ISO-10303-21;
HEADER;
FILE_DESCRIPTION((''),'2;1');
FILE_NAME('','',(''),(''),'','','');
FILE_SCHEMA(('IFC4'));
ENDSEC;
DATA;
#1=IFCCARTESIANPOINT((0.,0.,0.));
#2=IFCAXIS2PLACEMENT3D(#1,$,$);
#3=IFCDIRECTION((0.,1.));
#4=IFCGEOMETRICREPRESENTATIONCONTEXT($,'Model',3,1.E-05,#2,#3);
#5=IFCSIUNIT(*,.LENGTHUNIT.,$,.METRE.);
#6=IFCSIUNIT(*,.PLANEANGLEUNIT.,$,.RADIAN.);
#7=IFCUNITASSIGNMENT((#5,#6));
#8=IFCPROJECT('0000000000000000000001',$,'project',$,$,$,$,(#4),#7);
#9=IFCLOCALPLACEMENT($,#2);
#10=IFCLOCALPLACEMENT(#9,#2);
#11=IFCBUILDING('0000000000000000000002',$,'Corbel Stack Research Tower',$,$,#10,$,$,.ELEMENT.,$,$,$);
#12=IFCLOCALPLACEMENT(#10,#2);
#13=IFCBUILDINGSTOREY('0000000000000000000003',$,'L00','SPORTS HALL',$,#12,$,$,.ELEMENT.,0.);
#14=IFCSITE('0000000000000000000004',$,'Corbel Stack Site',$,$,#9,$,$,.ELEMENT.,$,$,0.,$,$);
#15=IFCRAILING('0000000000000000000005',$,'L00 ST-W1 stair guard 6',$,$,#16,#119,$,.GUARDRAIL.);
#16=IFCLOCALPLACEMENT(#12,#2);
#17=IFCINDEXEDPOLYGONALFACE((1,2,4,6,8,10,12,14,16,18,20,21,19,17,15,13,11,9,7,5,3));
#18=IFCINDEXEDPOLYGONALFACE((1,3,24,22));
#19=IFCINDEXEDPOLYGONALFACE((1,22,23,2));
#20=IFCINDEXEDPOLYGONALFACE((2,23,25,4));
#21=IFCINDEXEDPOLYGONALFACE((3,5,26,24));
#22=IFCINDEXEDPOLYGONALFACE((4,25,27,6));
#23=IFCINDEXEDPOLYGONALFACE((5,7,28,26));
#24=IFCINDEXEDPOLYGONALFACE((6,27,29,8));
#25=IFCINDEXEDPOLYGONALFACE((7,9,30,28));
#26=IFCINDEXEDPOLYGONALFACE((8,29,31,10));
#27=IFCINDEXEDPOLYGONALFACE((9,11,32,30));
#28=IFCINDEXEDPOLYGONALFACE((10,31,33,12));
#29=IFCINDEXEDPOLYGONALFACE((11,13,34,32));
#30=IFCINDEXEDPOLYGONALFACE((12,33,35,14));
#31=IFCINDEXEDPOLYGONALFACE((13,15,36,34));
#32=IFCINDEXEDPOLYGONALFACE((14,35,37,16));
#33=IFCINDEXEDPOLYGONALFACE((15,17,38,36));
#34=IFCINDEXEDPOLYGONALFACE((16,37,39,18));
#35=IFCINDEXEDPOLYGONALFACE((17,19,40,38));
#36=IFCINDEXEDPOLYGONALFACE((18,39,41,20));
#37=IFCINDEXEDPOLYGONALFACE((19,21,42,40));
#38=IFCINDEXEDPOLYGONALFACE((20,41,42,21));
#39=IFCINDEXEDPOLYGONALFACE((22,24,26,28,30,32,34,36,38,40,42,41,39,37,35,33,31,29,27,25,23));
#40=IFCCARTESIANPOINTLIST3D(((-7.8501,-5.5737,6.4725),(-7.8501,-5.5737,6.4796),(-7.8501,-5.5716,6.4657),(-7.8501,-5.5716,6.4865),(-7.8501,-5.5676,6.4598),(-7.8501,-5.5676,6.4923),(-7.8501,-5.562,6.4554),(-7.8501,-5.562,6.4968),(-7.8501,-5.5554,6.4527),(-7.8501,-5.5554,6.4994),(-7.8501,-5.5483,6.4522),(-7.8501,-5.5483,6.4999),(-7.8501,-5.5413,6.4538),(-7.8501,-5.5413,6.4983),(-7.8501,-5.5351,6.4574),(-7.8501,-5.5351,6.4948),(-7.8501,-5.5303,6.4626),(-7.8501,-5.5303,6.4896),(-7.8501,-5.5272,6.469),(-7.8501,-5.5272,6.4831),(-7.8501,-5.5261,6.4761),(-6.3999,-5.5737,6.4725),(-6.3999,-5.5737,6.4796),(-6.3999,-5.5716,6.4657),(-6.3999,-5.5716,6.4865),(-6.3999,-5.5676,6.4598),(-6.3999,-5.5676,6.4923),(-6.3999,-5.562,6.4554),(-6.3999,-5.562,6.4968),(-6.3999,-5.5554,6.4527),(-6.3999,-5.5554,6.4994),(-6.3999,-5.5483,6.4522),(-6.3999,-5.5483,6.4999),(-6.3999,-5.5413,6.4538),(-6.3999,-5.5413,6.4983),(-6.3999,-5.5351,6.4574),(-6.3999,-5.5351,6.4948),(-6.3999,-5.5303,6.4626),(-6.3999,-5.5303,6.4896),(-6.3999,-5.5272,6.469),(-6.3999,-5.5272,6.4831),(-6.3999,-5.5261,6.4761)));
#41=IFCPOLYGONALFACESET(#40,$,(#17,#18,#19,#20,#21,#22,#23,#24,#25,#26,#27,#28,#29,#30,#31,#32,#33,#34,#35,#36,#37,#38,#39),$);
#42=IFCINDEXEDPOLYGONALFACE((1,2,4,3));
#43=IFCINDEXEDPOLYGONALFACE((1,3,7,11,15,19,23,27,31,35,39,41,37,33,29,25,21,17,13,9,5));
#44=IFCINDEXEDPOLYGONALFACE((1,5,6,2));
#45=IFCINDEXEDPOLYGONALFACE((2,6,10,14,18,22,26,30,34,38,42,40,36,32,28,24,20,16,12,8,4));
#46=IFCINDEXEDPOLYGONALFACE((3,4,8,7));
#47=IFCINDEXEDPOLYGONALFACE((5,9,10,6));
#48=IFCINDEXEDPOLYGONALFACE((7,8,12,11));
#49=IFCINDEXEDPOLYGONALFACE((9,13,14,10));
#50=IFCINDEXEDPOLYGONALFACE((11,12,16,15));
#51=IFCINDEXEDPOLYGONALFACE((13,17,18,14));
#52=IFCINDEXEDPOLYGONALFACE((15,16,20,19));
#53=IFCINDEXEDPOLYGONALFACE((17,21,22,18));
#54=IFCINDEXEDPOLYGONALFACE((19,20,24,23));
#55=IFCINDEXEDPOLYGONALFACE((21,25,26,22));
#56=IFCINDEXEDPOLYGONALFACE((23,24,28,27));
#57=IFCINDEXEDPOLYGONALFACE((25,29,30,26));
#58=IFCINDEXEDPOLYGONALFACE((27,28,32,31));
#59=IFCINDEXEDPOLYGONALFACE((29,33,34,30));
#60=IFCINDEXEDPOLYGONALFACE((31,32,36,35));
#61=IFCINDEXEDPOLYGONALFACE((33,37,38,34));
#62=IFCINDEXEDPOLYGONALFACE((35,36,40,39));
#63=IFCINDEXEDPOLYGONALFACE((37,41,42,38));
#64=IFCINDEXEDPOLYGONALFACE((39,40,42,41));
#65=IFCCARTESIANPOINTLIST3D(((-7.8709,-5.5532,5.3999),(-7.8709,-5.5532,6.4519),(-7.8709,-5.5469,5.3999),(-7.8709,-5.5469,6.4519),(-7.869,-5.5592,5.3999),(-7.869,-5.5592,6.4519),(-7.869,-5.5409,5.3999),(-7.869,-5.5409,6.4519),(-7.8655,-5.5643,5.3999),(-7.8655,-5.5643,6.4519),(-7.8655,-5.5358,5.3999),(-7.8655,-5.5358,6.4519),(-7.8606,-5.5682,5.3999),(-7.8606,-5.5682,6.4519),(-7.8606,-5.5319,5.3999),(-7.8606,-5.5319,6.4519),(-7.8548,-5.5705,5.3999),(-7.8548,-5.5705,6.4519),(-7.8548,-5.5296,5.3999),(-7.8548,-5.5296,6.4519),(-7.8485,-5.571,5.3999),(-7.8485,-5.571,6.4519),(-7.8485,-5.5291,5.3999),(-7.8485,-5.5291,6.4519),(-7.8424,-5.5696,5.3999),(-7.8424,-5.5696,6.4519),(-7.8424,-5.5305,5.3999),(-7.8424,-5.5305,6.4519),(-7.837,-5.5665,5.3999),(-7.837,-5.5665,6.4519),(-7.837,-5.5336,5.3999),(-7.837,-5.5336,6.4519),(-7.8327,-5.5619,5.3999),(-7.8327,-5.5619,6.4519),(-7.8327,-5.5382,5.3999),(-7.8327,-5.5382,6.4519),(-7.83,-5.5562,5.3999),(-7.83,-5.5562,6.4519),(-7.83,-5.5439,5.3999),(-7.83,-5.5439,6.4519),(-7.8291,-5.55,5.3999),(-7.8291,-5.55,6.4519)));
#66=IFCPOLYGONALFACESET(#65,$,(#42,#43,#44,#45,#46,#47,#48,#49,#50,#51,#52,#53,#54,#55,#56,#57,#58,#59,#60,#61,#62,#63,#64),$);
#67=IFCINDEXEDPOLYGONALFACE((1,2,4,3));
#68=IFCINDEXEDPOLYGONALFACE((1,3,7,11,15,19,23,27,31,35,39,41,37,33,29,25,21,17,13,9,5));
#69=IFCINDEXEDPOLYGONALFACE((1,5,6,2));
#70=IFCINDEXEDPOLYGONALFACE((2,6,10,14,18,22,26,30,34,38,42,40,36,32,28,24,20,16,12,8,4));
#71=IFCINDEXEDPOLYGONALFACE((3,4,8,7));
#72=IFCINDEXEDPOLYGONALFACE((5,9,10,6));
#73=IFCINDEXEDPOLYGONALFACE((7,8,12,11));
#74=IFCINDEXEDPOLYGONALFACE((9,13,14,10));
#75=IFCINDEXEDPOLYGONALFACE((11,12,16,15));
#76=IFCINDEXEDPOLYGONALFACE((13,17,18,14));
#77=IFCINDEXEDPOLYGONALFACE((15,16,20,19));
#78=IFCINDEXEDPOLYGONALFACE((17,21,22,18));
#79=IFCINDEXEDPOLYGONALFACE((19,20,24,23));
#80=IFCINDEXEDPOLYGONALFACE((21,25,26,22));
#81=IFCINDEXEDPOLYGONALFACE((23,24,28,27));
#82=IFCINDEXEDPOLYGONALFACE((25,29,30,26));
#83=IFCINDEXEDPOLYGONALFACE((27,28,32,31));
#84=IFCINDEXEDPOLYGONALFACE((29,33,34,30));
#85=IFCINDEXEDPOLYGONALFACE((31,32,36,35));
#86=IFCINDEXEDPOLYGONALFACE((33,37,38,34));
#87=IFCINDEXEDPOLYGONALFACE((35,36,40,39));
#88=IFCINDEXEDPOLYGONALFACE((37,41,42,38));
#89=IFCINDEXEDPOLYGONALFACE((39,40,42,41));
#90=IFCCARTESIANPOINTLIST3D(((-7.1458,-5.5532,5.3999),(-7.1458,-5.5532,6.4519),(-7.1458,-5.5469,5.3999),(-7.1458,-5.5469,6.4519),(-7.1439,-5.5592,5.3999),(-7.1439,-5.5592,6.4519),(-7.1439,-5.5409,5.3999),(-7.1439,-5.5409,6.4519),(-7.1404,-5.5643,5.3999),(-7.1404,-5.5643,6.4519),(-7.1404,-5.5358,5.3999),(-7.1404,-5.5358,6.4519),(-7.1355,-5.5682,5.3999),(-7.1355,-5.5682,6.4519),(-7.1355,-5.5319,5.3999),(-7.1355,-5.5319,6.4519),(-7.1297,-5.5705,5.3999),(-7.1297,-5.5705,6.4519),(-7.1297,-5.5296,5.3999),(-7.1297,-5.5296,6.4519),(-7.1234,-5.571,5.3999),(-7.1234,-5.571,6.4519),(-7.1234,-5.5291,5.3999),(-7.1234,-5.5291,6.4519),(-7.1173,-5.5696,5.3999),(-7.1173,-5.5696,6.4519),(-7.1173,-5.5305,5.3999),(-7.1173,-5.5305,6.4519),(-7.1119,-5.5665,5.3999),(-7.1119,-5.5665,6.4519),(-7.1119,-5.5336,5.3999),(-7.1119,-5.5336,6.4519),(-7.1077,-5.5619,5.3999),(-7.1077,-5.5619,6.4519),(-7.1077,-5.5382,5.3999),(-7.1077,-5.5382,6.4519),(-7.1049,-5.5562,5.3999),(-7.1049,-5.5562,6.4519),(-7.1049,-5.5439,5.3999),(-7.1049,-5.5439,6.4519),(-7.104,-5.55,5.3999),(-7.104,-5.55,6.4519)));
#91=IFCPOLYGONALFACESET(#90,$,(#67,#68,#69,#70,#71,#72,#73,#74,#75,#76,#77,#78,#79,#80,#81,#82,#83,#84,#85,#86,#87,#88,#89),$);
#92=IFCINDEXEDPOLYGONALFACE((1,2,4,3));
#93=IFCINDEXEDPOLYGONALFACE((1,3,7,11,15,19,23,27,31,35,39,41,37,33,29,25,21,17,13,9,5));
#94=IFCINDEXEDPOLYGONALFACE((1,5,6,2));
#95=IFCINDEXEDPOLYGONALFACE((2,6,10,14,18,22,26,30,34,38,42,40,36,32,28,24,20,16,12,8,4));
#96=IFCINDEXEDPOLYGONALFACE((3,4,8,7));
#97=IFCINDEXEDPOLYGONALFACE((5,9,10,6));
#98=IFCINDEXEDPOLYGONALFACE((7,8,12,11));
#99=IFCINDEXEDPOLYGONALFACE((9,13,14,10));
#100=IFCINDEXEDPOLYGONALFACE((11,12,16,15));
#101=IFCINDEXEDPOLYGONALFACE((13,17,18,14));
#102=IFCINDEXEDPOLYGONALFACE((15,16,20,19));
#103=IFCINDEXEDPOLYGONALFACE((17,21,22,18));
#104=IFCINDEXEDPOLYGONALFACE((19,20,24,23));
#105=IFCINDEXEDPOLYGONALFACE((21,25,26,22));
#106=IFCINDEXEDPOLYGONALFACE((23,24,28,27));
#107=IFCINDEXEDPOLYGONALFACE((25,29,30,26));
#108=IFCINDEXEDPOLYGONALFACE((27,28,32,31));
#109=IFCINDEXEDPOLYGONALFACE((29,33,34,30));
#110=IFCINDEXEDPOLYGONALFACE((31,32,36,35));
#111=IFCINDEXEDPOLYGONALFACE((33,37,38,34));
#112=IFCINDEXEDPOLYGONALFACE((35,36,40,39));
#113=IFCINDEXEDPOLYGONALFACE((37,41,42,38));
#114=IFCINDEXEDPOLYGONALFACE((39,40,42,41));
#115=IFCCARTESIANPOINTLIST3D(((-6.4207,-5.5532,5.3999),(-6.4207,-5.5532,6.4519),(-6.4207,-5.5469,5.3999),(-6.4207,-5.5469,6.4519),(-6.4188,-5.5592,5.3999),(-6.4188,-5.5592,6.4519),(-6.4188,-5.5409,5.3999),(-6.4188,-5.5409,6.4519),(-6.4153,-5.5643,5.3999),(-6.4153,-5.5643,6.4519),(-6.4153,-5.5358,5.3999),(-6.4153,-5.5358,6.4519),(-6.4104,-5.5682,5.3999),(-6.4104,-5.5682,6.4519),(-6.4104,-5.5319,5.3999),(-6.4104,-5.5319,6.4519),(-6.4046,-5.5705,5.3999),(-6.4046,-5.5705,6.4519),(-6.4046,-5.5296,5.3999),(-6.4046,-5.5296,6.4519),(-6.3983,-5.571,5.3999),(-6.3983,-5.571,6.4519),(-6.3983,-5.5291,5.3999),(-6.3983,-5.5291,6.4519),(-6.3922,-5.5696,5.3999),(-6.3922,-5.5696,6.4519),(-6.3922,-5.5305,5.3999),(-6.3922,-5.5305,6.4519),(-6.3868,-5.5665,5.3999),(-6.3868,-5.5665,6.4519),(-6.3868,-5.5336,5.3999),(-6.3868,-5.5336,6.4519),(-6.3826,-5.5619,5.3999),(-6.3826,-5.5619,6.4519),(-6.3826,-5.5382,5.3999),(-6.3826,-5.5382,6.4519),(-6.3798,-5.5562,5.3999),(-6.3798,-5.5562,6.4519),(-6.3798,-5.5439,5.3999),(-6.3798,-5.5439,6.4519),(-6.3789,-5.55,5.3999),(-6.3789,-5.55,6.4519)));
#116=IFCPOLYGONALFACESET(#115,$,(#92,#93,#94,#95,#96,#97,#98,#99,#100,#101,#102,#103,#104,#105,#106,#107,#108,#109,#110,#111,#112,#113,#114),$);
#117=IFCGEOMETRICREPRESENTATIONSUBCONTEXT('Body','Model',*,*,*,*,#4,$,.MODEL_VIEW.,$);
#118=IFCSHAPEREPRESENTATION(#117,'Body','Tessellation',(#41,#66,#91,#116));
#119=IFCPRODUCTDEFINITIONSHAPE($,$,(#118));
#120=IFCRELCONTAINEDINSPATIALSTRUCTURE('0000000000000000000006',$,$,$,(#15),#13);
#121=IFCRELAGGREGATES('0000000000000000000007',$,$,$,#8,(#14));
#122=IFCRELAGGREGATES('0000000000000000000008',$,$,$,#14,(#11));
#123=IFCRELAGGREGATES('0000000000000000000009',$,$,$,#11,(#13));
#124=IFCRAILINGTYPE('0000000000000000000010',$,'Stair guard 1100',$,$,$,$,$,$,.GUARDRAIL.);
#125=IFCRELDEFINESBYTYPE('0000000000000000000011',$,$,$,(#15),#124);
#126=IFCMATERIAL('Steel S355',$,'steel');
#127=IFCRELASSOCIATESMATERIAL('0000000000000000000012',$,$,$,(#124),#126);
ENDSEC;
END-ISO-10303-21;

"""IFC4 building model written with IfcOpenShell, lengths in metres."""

from ifc_helpers import new_model, si_unit, direction, frame, origin, origin_2d, place, context, subcontext, project, spatial, circle, extrude, material, type_object, element, save


model = new_model("IFC4")

# Units and contexts
model_context = context("Model", 3, precision=1e-05, world=origin(), true_north=direction((0.0, 1.0)))
body_context = subcontext(model_context, "Body", "Model", "MODEL_VIEW")
ifc_project = project(units=[si_unit("LENGTHUNIT", "METRE"), si_unit("PLANEANGLEUNIT", "RADIAN")], contexts=[model_context])

# Site, building, storey
site_placement = place(None, origin())
site = spatial("IfcSite", under=ifc_project, at=site_placement, Name="Corbel Stack Site", CompositionType="ELEMENT", RefElevation=0.0)
building_placement = place(site_placement, origin())
building = spatial("IfcBuilding", under=site, at=building_placement, Name="Corbel Stack Research Tower", CompositionType="ELEMENT")
storey_placement = place(building_placement, origin())
storey = spatial("IfcBuildingStorey", under=building, at=storey_placement, Name="L00", Description="SPORTS HALL", CompositionType="ELEMENT", Elevation=0.0)

# Railing
ifc_material_1 = material(Name="Steel S355", Category="steel")
railing_type_1 = type_object("IfcRailingType", Name="Stair guard 1100", PredefinedType="GUARDRAIL", material=ifc_material_1)
railing_1_placement = place(storey_placement, frame((-7.8501, -5.55, 5.3999)))
element("IfcRailing", 1, at=railing_1_placement, inside=storey, type_object=railing_type_1, Name="L00 ST-W1 stair guard 6", PredefinedType="GUARDRAIL", context=body_context, shape_type="SweptSolid", body=[
    extrude(circle(Radius=0.0239, at=origin_2d()), frame((0.0, 0.0, 1.0762), z_axis=(1.0, 0.0, 0.0), x_axis=(0.0, 1.0, 0.0)), (0.0, 0.0, 1.0), 1.4502),
    extrude(circle(Radius=0.021, at=origin_2d()), origin(), (0.0, 0.0, 1.0), 1.052),
    extrude(circle(Radius=0.021, at=origin_2d()), frame((0.7251, 0.0, 0.0)), (0.0, 0.0, 1.0), 1.052),
    extrude(circle(Radius=0.021, at=origin_2d()), frame((1.4502, 0.0, 0.0)), (0.0, 0.0, 1.0), 1.052),
])

save(model, "model.ifc")
